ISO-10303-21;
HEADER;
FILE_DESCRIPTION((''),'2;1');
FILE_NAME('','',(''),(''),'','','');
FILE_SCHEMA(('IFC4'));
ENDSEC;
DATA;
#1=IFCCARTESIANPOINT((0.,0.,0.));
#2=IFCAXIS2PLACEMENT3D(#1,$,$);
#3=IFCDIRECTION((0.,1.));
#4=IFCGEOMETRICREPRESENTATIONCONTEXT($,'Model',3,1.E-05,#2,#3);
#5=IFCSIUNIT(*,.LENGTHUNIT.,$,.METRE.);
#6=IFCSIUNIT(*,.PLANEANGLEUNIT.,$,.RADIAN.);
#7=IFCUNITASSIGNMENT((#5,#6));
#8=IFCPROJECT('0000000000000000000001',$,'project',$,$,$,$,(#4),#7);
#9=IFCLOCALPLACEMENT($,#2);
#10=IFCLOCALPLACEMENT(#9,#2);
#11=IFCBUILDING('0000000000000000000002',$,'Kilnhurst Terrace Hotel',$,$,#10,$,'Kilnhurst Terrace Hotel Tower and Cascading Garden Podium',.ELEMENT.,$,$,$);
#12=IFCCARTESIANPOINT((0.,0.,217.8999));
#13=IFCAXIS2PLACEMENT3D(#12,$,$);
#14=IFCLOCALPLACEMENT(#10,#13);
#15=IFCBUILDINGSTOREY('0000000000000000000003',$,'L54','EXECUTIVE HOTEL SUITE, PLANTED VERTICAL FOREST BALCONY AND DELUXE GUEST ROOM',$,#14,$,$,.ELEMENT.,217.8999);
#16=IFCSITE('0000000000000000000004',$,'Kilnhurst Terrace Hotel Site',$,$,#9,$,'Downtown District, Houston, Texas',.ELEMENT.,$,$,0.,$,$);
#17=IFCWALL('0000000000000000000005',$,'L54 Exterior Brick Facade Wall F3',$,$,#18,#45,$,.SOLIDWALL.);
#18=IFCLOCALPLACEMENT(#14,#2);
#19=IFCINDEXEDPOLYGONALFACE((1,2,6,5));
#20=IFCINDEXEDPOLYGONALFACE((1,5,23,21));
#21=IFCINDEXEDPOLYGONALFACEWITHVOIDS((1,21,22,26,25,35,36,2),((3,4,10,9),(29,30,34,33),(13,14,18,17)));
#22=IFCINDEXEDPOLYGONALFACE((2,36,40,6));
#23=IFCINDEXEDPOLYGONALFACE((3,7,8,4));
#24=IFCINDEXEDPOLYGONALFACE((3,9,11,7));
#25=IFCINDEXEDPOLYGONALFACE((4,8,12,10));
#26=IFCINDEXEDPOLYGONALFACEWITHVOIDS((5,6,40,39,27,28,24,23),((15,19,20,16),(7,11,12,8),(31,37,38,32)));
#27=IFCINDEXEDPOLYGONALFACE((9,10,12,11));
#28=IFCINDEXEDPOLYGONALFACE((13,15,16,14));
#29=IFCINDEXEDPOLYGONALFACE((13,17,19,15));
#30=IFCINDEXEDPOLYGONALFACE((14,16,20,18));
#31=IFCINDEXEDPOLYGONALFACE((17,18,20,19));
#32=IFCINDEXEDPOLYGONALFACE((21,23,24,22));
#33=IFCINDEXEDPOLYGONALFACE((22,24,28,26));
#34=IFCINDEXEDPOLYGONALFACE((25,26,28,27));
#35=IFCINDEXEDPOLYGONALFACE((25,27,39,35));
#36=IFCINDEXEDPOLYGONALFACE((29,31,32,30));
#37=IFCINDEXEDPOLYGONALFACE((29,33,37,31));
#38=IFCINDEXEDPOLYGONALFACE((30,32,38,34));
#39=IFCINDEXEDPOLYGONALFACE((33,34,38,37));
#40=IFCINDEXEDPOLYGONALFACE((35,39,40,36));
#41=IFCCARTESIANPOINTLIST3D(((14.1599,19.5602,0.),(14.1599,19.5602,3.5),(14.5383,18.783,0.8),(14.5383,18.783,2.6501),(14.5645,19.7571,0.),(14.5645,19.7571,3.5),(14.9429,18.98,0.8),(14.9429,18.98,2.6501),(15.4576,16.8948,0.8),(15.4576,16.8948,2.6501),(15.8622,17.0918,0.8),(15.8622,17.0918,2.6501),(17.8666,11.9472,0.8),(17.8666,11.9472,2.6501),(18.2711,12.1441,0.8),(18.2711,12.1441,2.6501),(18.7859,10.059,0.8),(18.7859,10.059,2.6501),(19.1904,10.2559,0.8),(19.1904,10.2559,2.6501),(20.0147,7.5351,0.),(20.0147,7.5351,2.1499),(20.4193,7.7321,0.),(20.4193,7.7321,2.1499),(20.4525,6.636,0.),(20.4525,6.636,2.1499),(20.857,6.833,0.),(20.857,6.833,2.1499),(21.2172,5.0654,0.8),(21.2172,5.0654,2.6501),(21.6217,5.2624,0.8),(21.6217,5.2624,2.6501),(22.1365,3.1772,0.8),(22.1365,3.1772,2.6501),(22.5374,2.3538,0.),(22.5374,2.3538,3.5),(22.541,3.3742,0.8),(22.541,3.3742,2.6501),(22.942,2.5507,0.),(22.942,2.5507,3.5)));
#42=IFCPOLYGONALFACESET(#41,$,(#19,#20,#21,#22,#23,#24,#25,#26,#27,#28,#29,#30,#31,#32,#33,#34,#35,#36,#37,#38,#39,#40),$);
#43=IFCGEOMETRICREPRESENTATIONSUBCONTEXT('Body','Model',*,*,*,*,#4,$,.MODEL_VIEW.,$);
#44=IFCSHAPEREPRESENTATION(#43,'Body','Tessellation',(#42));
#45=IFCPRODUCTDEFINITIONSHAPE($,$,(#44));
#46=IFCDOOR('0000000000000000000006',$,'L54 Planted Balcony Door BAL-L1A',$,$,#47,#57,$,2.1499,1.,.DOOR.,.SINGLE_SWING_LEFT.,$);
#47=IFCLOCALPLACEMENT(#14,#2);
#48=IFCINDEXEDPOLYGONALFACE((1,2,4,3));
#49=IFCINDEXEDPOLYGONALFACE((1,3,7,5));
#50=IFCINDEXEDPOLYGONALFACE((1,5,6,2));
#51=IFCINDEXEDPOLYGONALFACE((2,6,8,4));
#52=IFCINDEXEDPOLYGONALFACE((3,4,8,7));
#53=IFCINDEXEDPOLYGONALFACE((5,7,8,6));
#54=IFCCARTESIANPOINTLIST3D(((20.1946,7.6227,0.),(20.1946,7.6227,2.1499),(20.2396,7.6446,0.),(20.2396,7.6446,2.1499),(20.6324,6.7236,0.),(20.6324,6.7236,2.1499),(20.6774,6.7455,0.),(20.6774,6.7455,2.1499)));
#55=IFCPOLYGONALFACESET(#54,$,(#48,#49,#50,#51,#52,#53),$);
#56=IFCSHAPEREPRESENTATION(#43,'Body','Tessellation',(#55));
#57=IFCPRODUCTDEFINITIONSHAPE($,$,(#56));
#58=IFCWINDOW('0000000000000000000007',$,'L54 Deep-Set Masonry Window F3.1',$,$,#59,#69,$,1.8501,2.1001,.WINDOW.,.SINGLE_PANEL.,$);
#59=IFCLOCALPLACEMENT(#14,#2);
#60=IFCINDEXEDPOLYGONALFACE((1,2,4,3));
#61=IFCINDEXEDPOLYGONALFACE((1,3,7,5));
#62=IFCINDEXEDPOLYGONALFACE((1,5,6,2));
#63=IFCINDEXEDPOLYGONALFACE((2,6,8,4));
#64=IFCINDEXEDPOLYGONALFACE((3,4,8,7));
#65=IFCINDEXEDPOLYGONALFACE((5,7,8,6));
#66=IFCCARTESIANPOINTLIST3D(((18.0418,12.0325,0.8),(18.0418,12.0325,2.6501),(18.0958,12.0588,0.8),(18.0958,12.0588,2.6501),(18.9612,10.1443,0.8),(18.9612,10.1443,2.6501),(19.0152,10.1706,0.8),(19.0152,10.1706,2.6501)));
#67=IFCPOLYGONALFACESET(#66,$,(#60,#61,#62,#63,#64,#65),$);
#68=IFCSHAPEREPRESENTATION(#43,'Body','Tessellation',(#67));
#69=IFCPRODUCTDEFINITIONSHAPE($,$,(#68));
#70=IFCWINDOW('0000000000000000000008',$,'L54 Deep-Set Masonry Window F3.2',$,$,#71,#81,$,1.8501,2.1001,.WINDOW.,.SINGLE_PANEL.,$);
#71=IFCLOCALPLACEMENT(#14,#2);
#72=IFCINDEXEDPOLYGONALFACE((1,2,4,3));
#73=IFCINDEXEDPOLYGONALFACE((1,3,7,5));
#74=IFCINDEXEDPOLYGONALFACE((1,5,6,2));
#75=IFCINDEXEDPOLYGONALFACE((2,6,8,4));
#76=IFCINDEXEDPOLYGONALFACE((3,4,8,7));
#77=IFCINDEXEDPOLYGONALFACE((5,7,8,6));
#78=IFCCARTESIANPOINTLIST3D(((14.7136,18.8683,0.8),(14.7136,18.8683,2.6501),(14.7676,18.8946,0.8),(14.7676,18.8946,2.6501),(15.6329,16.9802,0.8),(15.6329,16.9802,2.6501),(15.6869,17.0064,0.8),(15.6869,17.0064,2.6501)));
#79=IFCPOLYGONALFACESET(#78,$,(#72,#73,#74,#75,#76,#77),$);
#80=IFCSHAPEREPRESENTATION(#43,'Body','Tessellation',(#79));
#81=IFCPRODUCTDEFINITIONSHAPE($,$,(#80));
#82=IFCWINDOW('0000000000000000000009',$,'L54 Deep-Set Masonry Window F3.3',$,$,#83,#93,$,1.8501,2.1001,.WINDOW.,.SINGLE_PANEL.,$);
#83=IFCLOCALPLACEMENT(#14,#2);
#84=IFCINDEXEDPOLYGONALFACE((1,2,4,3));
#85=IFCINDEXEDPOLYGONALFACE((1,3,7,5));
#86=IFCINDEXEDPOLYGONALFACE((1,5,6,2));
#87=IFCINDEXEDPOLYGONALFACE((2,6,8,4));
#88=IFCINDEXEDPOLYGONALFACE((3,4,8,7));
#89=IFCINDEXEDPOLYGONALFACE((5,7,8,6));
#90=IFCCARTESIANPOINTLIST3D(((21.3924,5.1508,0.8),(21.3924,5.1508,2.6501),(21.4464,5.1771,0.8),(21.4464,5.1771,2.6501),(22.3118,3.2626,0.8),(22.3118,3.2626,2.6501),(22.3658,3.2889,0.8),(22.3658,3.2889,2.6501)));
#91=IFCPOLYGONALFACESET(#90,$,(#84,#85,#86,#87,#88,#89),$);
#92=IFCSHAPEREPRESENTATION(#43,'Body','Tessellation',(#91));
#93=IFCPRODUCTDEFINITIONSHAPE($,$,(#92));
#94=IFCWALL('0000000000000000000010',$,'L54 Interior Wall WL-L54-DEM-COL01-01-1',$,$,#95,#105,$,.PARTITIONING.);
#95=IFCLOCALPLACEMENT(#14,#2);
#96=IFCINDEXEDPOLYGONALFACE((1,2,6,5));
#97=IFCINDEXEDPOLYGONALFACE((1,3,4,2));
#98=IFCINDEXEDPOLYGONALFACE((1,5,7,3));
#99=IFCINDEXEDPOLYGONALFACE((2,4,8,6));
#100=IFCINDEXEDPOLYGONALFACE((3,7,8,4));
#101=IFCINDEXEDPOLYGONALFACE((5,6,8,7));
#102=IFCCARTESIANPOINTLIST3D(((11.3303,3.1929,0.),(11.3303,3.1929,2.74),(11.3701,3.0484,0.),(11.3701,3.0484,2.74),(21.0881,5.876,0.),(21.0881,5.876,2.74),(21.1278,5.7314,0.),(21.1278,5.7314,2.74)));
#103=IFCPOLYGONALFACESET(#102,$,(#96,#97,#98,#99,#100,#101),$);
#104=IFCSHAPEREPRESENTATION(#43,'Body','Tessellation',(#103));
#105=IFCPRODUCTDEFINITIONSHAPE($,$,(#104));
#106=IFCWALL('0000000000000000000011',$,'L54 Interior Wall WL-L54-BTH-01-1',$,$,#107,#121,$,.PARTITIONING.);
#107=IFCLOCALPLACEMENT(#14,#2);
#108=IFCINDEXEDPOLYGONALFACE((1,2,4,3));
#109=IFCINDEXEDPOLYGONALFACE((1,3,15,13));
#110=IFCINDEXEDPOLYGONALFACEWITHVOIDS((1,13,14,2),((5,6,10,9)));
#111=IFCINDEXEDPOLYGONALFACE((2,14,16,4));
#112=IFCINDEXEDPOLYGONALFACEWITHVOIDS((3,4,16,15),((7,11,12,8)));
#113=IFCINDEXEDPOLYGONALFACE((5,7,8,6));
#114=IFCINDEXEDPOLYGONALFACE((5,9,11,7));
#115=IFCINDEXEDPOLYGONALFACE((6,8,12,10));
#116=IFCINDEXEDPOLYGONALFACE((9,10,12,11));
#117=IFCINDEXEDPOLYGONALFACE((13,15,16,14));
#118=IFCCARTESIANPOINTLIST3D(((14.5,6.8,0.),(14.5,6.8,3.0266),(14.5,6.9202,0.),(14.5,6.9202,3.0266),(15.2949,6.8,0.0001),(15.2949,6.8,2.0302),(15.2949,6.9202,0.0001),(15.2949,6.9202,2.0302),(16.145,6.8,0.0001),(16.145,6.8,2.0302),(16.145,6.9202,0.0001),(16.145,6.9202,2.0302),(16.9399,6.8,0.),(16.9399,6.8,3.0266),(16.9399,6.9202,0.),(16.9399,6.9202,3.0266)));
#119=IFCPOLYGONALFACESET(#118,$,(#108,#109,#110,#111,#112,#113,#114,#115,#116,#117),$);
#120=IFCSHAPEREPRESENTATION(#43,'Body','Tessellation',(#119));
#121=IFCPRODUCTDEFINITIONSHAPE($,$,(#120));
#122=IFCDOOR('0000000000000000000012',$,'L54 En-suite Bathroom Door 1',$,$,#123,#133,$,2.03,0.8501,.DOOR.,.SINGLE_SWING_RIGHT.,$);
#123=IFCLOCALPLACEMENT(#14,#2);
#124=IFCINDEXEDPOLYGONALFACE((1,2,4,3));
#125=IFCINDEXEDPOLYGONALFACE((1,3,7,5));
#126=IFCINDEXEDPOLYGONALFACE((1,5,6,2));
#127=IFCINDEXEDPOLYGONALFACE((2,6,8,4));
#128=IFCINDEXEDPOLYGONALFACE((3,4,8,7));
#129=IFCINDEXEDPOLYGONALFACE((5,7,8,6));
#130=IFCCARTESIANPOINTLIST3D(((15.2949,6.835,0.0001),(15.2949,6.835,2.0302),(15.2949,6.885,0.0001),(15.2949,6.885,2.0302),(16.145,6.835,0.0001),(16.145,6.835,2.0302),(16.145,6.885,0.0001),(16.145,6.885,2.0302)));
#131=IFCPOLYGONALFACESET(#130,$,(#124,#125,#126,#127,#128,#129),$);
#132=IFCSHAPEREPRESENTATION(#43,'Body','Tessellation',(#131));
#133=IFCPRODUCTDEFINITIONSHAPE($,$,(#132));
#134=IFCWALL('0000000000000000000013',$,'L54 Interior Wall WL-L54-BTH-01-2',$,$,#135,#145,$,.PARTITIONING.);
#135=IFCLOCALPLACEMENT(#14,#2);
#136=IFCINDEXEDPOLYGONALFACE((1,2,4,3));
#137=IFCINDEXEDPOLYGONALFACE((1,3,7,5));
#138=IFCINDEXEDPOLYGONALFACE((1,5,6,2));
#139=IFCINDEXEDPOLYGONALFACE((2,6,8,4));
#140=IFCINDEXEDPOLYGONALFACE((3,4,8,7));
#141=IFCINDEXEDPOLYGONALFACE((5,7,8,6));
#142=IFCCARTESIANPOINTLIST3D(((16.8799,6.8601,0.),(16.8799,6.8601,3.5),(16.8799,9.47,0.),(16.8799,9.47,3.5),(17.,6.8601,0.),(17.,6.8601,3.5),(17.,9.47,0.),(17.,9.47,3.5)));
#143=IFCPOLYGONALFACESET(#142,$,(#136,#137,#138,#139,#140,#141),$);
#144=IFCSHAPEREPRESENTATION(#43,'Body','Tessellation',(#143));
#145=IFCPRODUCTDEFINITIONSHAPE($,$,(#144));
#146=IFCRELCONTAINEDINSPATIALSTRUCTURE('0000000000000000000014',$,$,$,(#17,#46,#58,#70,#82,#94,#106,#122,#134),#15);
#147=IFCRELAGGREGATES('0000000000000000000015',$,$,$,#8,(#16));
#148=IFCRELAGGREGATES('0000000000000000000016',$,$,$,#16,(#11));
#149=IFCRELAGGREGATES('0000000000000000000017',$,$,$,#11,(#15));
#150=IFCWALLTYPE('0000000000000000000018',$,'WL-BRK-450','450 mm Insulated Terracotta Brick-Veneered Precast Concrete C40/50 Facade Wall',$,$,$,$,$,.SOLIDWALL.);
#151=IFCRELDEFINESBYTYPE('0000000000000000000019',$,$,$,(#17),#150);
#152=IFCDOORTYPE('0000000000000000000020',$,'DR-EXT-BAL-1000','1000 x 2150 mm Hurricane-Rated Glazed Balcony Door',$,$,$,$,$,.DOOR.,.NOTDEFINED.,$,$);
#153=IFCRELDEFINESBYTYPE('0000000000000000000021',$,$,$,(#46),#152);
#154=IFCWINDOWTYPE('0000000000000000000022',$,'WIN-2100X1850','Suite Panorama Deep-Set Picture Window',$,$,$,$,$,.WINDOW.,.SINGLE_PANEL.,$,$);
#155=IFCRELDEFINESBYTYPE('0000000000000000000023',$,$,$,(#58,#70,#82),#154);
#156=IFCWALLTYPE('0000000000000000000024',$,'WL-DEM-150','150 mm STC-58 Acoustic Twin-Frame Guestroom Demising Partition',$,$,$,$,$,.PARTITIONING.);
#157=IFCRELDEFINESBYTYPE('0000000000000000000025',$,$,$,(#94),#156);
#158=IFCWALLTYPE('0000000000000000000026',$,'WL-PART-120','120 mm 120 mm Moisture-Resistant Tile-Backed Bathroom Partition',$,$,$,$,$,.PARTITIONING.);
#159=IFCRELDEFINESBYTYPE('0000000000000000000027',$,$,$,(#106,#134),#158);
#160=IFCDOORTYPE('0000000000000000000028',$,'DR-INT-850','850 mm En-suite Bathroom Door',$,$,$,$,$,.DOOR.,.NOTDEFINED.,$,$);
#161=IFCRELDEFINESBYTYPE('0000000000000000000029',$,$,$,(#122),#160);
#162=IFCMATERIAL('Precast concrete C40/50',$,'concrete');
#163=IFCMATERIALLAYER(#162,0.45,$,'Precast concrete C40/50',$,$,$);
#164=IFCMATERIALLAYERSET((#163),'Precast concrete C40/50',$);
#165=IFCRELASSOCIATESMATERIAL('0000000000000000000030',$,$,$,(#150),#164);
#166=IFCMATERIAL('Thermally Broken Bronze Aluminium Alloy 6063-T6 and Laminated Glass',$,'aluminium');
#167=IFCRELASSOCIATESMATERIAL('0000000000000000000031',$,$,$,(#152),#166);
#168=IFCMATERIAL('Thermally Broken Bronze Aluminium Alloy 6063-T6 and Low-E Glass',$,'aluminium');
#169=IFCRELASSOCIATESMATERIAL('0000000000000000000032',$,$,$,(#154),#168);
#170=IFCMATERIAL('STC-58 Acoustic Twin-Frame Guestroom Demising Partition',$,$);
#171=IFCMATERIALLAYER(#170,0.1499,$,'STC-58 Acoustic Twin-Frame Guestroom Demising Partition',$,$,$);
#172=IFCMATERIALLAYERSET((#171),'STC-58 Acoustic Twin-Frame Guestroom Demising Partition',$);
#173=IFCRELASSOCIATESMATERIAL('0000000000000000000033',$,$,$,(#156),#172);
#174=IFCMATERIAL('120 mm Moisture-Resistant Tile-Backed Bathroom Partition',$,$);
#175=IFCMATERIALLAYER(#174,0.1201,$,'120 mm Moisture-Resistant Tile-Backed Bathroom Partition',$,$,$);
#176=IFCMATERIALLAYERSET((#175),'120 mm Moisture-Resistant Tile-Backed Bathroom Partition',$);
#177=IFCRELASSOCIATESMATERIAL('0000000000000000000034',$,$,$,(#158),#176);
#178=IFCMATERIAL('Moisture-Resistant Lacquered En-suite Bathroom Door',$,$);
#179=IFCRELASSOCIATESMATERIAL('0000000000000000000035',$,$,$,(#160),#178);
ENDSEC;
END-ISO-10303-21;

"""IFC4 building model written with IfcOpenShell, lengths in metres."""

from ifc_helpers import new_model, si_unit, direction, frame, frame_2d, origin, place, context, subcontext, project, spatial, rectangle, extrude, material, layer, layer_set, type_object, element, fill, save


model = new_model("IFC4")

# Units and contexts
model_context = context("Model", 3, precision=1e-05, world=origin(), true_north=direction((0.0, 1.0)))
body_context = subcontext(model_context, "Body", "Model", "MODEL_VIEW")
ifc_project = project(units=[si_unit("LENGTHUNIT", "METRE"), si_unit("PLANEANGLEUNIT", "RADIAN")], contexts=[model_context])

# Site, building, storey
site_placement = place(None, origin())
site = spatial("IfcSite", under=ifc_project, at=site_placement, Name="Kilnhurst Terrace Hotel Site", LongName="Downtown District, Houston, Texas", CompositionType="ELEMENT", RefElevation=0.0)
building_placement = place(site_placement, origin())
building = spatial("IfcBuilding", under=site, at=building_placement, Name="Kilnhurst Terrace Hotel", LongName="Kilnhurst Terrace Hotel Tower and Cascading Garden Podium", CompositionType="ELEMENT")
storey_placement = place(building_placement, frame((0.0, 0.0, 217.8999)))
storey = spatial("IfcBuildingStorey", under=building, at=storey_placement, Name="L54", Description="EXECUTIVE HOTEL SUITE, PLANTED VERTICAL FOREST BALCONY AND DELUXE GUEST ROOM", CompositionType="ELEMENT", Elevation=217.8999)

# Shared definitions
ifc_material_1 = material(Name="Precast concrete C40/50", Category="concrete")
ifc_layer_1 = layer(ifc_material_1, 0.45, Name="Precast concrete C40/50")
ifc_layer_set_1 = layer_set([ifc_layer_1], Name="Precast concrete C40/50")
wall_type_1 = type_object("IfcWallType", Name="WL-BRK-450", Description="450 mm Insulated Terracotta Brick-Veneered Precast Concrete C40/50 Facade Wall", PredefinedType="SOLIDWALL", material=ifc_layer_set_1)

# Wall, openings, door, windows
wall_1_placement = place(storey_placement, frame((22.7397, 2.4521, 0.0), z_axis=(0.0, 0.0, 1.0), x_axis=(-0.437753, 0.899095, 0.0)))
wall_1 = element("IfcWall", 1, at=wall_1_placement, inside=storey, type_object=wall_type_1, Name="L54 Exterior Brick Facade Wall F3", PredefinedType="SOLIDWALL", context=body_context, shape_type="SweptSolid", body=[
    extrude(rectangle(XDim=19.1375, YDim=0.45, at=frame_2d((9.5688, 0.0))), origin(), (0.0, 0.0, 1.0), 3.5),
])
opening_1_placement = place(wall_1_placement, frame((4.7629, 0.0, 0.0)))
opening_1 = element("IfcOpeningElement", 2, at=opening_1_placement, cuts=wall_1, PredefinedType="OPENING", context=body_context, shape_type="SweptSolid", body=[
    extrude(rectangle(XDim=1.0, YDim=2.1499, at=frame_2d((0.5, 1.075))), frame((0.0, 0.2349, 0.0), z_axis=(0.0, -1.0, 0.0), x_axis=(1.0, 0.0, 0.0)), (0.0, 0.0, 1.0), 0.47),
])
opening_2_placement = place(wall_1_placement, frame((8.5701, 0.0, 0.8)))
opening_2 = element("IfcOpeningElement", 3, at=opening_2_placement, cuts=wall_1, PredefinedType="OPENING", context=body_context, shape_type="SweptSolid", body=[
    extrude(rectangle(XDim=2.1001, YDim=1.8501, at=frame_2d((1.05, 0.925))), frame((0.0, 0.2349, 0.0), z_axis=(0.0, -1.0, 0.0), x_axis=(1.0, 0.0, 0.0)), (0.0, 0.0, 1.0), 0.47),
])
opening_3_placement = place(wall_1_placement, frame((16.1731, 0.0, 0.8)))
opening_3 = element("IfcOpeningElement", 4, at=opening_3_placement, cuts=wall_1, PredefinedType="OPENING", context=body_context, shape_type="SweptSolid", body=[
    extrude(rectangle(XDim=2.1001, YDim=1.8501, at=frame_2d((1.05, 0.925))), frame((0.0, 0.2349, 0.0), z_axis=(0.0, -1.0, 0.0), x_axis=(1.0, 0.0, 0.0)), (0.0, 0.0, 1.0), 0.47),
])
opening_4_placement = place(wall_1_placement, frame((0.916, 0.0, 0.8)))
opening_4 = element("IfcOpeningElement", 5, at=opening_4_placement, cuts=wall_1, PredefinedType="OPENING", context=body_context, shape_type="SweptSolid", body=[
    extrude(rectangle(XDim=2.1001, YDim=1.8501, at=frame_2d((1.05, 0.925))), frame((0.0, 0.2349, 0.0), z_axis=(0.0, -1.0, 0.0), x_axis=(1.0, 0.0, 0.0)), (0.0, 0.0, 1.0), 0.47),
])
ifc_material_2 = material(Name="Thermally Broken Bronze Aluminium Alloy 6063-T6 and Laminated Glass", Category="aluminium")
door_type_1 = type_object("IfcDoorType", Name="DR-EXT-BAL-1000", Description="1000 x 2150 mm Hurricane-Rated Glazed Balcony Door", OperationType="NOTDEFINED", PredefinedType="DOOR", material=ifc_material_2)
door_1_placement = place(opening_1_placement, origin())
door_1 = element("IfcDoor", 6, at=door_1_placement, inside=storey, type_object=door_type_1, Name="L54 Planted Balcony Door BAL-L1A", OperationType="SINGLE_SWING_LEFT", OverallHeight=2.1499, OverallWidth=1.0, PredefinedType="DOOR", context=body_context, shape_type="SweptSolid", body=[
    extrude(rectangle(XDim=1.0, YDim=2.1499, at=frame_2d((0.5, 1.075))), frame((0.0, 0.0249, 0.0), z_axis=(0.0, -1.0, 0.0), x_axis=(1.0, 0.0, 0.0)), (0.0, 0.0, 1.0), 0.05),
])
fill(opening_1, door_1)
ifc_material_3 = material(Name="Thermally Broken Bronze Aluminium Alloy 6063-T6 and Low-E Glass", Category="aluminium")
window_type = type_object("IfcWindowType", Name="WIN-2100X1850", Description="Suite Panorama Deep-Set Picture Window", PartitioningType="SINGLE_PANEL", PredefinedType="WINDOW", material=ifc_material_3)
window_1_placement = place(opening_2_placement, origin())
window_1 = element("IfcWindow", 7, at=window_1_placement, inside=storey, type_object=window_type, Name="L54 Deep-Set Masonry Window F3.1", OverallHeight=1.8501, OverallWidth=2.1001, PartitioningType="SINGLE_PANEL", PredefinedType="WINDOW", context=body_context, shape_type="SweptSolid", body=[
    extrude(rectangle(XDim=2.1001, YDim=1.8501, at=frame_2d((1.05, 0.925))), frame((0.0, 0.03, 0.0), z_axis=(0.0, -1.0, 0.0), x_axis=(1.0, 0.0, 0.0)), (0.0, 0.0, 1.0), 0.0601),
])
fill(opening_2, window_1)
window_2_placement = place(opening_3_placement, origin())
window_2 = element("IfcWindow", 8, at=window_2_placement, inside=storey, type_object=window_type, Name="L54 Deep-Set Masonry Window F3.2", OverallHeight=1.8501, OverallWidth=2.1001, PartitioningType="SINGLE_PANEL", PredefinedType="WINDOW", context=body_context, shape_type="SweptSolid", body=[
    extrude(rectangle(XDim=2.1001, YDim=1.8501, at=frame_2d((1.05, 0.925))), frame((0.0, 0.03, 0.0), z_axis=(0.0, -1.0, 0.0), x_axis=(1.0, 0.0, 0.0)), (0.0, 0.0, 1.0), 0.0601),
])
fill(opening_3, window_2)
window_3_placement = place(opening_4_placement, origin())
window_3 = element("IfcWindow", 9, at=window_3_placement, inside=storey, type_object=window_type, Name="L54 Deep-Set Masonry Window F3.3", OverallHeight=1.8501, OverallWidth=2.1001, PartitioningType="SINGLE_PANEL", PredefinedType="WINDOW", context=body_context, shape_type="SweptSolid", body=[
    extrude(rectangle(XDim=2.1001, YDim=1.8501, at=frame_2d((1.05, 0.925))), frame((0.0, 0.03, 0.0), z_axis=(0.0, -1.0, 0.0), x_axis=(1.0, 0.0, 0.0)), (0.0, 0.0, 1.0), 0.0601),
])
fill(opening_4, window_3)

# Wall
ifc_material_4 = material(Name="STC-58 Acoustic Twin-Frame Guestroom Demising Partition")
ifc_layer_2 = layer(ifc_material_4, 0.1499, Name="STC-58 Acoustic Twin-Frame Guestroom Demising Partition")
ifc_layer_set_2 = layer_set([ifc_layer_2], Name="STC-58 Acoustic Twin-Frame Guestroom Demising Partition")
wall_type_2 = type_object("IfcWallType", Name="WL-DEM-150", Description="150 mm STC-58 Acoustic Twin-Frame Guestroom Demising Partition", PredefinedType="PARTITIONING", material=ifc_layer_set_2)
wall_2_placement = place(storey_placement, frame((11.3501, 3.1206, 0.0), z_axis=(0.0, 0.0, 1.0), x_axis=(0.964213, 0.26513, 0.0)))
element("IfcWall", 10, at=wall_2_placement, inside=storey, type_object=wall_type_2, Name="L54 Interior Wall WL-L54-DEM-COL01-01-1", PredefinedType="PARTITIONING", context=body_context, shape_type="SweptSolid", body=[
    extrude(rectangle(XDim=10.1199, YDim=0.1499, at=frame_2d((5.0601, 0.0))), origin(), (0.0, 0.0, 1.0), 2.74),
])

# Wall, opening, door
ifc_material_5 = material(Name="120 mm Moisture-Resistant Tile-Backed Bathroom Partition")
ifc_layer_3 = layer(ifc_material_5, 0.1201, Name="120 mm Moisture-Resistant Tile-Backed Bathroom Partition")
ifc_layer_set_3 = layer_set([ifc_layer_3], Name="120 mm Moisture-Resistant Tile-Backed Bathroom Partition")
wall_type_3 = type_object("IfcWallType", Name="WL-PART-120", Description="120 mm 120 mm Moisture-Resistant Tile-Backed Bathroom Partition", PredefinedType="PARTITIONING", material=ifc_layer_set_3)
wall_3_placement = place(storey_placement, frame((14.5, 6.8601, 0.0), z_axis=(0.0, 0.0, 1.0), x_axis=(1.0, 0.0, 0.0)))
wall_3 = element("IfcWall", 11, at=wall_3_placement, inside=storey, type_object=wall_type_3, Name="L54 Interior Wall WL-L54-BTH-01-1", PredefinedType="PARTITIONING", context=body_context, shape_type="SweptSolid", body=[
    extrude(rectangle(XDim=2.4399, YDim=0.1201, at=frame_2d((1.22, 0.0))), origin(), (0.0, 0.0, 1.0), 3.0266),
])
opening_5_placement = place(wall_3_placement, frame((0.7949, 0.0, 0.0)))
opening_5 = element("IfcOpeningElement", 12, at=opening_5_placement, cuts=wall_3, PredefinedType="OPENING", context=body_context, shape_type="SweptSolid", body=[
    extrude(rectangle(XDim=0.8501, YDim=2.03, at=frame_2d((0.425, 1.0151))), frame((0.0, 0.0701, 0.0), z_axis=(0.0, -1.0, 0.0), x_axis=(1.0, 0.0, 0.0)), (0.0, 0.0, 1.0), 0.1401),
])
ifc_material_6 = material(Name="Moisture-Resistant Lacquered En-suite Bathroom Door")
door_type_2 = type_object("IfcDoorType", Name="DR-INT-850", Description="850 mm En-suite Bathroom Door", OperationType="NOTDEFINED", PredefinedType="DOOR", material=ifc_material_6)
door_2_placement = place(opening_5_placement, origin())
door_2 = element("IfcDoor", 13, at=door_2_placement, inside=storey, type_object=door_type_2, Name="L54 En-suite Bathroom Door 1", OperationType="SINGLE_SWING_RIGHT", OverallHeight=2.03, OverallWidth=0.8501, PredefinedType="DOOR", context=body_context, shape_type="SweptSolid", body=[
    extrude(rectangle(XDim=0.8501, YDim=2.03, at=frame_2d((0.425, 1.0151))), frame((0.0, 0.0249, 0.0), z_axis=(0.0, -1.0, 0.0), x_axis=(1.0, 0.0, 0.0)), (0.0, 0.0, 1.0), 0.05),
])
fill(opening_5, door_2)

# Wall
wall_4_placement = place(storey_placement, frame((16.9399, 6.8601, 0.0), z_axis=(0.0, 0.0, 1.0), x_axis=(0.0, 1.0, 0.0)))
element("IfcWall", 14, at=wall_4_placement, inside=storey, type_object=wall_type_3, Name="L54 Interior Wall WL-L54-BTH-01-2", PredefinedType="PARTITIONING", context=body_context, shape_type="SweptSolid", body=[
    extrude(rectangle(XDim=2.6099, YDim=0.1201, at=frame_2d((1.3049, 0.0))), origin(), (0.0, 0.0, 1.0), 3.5),
])

save(model, "model.ifc")
